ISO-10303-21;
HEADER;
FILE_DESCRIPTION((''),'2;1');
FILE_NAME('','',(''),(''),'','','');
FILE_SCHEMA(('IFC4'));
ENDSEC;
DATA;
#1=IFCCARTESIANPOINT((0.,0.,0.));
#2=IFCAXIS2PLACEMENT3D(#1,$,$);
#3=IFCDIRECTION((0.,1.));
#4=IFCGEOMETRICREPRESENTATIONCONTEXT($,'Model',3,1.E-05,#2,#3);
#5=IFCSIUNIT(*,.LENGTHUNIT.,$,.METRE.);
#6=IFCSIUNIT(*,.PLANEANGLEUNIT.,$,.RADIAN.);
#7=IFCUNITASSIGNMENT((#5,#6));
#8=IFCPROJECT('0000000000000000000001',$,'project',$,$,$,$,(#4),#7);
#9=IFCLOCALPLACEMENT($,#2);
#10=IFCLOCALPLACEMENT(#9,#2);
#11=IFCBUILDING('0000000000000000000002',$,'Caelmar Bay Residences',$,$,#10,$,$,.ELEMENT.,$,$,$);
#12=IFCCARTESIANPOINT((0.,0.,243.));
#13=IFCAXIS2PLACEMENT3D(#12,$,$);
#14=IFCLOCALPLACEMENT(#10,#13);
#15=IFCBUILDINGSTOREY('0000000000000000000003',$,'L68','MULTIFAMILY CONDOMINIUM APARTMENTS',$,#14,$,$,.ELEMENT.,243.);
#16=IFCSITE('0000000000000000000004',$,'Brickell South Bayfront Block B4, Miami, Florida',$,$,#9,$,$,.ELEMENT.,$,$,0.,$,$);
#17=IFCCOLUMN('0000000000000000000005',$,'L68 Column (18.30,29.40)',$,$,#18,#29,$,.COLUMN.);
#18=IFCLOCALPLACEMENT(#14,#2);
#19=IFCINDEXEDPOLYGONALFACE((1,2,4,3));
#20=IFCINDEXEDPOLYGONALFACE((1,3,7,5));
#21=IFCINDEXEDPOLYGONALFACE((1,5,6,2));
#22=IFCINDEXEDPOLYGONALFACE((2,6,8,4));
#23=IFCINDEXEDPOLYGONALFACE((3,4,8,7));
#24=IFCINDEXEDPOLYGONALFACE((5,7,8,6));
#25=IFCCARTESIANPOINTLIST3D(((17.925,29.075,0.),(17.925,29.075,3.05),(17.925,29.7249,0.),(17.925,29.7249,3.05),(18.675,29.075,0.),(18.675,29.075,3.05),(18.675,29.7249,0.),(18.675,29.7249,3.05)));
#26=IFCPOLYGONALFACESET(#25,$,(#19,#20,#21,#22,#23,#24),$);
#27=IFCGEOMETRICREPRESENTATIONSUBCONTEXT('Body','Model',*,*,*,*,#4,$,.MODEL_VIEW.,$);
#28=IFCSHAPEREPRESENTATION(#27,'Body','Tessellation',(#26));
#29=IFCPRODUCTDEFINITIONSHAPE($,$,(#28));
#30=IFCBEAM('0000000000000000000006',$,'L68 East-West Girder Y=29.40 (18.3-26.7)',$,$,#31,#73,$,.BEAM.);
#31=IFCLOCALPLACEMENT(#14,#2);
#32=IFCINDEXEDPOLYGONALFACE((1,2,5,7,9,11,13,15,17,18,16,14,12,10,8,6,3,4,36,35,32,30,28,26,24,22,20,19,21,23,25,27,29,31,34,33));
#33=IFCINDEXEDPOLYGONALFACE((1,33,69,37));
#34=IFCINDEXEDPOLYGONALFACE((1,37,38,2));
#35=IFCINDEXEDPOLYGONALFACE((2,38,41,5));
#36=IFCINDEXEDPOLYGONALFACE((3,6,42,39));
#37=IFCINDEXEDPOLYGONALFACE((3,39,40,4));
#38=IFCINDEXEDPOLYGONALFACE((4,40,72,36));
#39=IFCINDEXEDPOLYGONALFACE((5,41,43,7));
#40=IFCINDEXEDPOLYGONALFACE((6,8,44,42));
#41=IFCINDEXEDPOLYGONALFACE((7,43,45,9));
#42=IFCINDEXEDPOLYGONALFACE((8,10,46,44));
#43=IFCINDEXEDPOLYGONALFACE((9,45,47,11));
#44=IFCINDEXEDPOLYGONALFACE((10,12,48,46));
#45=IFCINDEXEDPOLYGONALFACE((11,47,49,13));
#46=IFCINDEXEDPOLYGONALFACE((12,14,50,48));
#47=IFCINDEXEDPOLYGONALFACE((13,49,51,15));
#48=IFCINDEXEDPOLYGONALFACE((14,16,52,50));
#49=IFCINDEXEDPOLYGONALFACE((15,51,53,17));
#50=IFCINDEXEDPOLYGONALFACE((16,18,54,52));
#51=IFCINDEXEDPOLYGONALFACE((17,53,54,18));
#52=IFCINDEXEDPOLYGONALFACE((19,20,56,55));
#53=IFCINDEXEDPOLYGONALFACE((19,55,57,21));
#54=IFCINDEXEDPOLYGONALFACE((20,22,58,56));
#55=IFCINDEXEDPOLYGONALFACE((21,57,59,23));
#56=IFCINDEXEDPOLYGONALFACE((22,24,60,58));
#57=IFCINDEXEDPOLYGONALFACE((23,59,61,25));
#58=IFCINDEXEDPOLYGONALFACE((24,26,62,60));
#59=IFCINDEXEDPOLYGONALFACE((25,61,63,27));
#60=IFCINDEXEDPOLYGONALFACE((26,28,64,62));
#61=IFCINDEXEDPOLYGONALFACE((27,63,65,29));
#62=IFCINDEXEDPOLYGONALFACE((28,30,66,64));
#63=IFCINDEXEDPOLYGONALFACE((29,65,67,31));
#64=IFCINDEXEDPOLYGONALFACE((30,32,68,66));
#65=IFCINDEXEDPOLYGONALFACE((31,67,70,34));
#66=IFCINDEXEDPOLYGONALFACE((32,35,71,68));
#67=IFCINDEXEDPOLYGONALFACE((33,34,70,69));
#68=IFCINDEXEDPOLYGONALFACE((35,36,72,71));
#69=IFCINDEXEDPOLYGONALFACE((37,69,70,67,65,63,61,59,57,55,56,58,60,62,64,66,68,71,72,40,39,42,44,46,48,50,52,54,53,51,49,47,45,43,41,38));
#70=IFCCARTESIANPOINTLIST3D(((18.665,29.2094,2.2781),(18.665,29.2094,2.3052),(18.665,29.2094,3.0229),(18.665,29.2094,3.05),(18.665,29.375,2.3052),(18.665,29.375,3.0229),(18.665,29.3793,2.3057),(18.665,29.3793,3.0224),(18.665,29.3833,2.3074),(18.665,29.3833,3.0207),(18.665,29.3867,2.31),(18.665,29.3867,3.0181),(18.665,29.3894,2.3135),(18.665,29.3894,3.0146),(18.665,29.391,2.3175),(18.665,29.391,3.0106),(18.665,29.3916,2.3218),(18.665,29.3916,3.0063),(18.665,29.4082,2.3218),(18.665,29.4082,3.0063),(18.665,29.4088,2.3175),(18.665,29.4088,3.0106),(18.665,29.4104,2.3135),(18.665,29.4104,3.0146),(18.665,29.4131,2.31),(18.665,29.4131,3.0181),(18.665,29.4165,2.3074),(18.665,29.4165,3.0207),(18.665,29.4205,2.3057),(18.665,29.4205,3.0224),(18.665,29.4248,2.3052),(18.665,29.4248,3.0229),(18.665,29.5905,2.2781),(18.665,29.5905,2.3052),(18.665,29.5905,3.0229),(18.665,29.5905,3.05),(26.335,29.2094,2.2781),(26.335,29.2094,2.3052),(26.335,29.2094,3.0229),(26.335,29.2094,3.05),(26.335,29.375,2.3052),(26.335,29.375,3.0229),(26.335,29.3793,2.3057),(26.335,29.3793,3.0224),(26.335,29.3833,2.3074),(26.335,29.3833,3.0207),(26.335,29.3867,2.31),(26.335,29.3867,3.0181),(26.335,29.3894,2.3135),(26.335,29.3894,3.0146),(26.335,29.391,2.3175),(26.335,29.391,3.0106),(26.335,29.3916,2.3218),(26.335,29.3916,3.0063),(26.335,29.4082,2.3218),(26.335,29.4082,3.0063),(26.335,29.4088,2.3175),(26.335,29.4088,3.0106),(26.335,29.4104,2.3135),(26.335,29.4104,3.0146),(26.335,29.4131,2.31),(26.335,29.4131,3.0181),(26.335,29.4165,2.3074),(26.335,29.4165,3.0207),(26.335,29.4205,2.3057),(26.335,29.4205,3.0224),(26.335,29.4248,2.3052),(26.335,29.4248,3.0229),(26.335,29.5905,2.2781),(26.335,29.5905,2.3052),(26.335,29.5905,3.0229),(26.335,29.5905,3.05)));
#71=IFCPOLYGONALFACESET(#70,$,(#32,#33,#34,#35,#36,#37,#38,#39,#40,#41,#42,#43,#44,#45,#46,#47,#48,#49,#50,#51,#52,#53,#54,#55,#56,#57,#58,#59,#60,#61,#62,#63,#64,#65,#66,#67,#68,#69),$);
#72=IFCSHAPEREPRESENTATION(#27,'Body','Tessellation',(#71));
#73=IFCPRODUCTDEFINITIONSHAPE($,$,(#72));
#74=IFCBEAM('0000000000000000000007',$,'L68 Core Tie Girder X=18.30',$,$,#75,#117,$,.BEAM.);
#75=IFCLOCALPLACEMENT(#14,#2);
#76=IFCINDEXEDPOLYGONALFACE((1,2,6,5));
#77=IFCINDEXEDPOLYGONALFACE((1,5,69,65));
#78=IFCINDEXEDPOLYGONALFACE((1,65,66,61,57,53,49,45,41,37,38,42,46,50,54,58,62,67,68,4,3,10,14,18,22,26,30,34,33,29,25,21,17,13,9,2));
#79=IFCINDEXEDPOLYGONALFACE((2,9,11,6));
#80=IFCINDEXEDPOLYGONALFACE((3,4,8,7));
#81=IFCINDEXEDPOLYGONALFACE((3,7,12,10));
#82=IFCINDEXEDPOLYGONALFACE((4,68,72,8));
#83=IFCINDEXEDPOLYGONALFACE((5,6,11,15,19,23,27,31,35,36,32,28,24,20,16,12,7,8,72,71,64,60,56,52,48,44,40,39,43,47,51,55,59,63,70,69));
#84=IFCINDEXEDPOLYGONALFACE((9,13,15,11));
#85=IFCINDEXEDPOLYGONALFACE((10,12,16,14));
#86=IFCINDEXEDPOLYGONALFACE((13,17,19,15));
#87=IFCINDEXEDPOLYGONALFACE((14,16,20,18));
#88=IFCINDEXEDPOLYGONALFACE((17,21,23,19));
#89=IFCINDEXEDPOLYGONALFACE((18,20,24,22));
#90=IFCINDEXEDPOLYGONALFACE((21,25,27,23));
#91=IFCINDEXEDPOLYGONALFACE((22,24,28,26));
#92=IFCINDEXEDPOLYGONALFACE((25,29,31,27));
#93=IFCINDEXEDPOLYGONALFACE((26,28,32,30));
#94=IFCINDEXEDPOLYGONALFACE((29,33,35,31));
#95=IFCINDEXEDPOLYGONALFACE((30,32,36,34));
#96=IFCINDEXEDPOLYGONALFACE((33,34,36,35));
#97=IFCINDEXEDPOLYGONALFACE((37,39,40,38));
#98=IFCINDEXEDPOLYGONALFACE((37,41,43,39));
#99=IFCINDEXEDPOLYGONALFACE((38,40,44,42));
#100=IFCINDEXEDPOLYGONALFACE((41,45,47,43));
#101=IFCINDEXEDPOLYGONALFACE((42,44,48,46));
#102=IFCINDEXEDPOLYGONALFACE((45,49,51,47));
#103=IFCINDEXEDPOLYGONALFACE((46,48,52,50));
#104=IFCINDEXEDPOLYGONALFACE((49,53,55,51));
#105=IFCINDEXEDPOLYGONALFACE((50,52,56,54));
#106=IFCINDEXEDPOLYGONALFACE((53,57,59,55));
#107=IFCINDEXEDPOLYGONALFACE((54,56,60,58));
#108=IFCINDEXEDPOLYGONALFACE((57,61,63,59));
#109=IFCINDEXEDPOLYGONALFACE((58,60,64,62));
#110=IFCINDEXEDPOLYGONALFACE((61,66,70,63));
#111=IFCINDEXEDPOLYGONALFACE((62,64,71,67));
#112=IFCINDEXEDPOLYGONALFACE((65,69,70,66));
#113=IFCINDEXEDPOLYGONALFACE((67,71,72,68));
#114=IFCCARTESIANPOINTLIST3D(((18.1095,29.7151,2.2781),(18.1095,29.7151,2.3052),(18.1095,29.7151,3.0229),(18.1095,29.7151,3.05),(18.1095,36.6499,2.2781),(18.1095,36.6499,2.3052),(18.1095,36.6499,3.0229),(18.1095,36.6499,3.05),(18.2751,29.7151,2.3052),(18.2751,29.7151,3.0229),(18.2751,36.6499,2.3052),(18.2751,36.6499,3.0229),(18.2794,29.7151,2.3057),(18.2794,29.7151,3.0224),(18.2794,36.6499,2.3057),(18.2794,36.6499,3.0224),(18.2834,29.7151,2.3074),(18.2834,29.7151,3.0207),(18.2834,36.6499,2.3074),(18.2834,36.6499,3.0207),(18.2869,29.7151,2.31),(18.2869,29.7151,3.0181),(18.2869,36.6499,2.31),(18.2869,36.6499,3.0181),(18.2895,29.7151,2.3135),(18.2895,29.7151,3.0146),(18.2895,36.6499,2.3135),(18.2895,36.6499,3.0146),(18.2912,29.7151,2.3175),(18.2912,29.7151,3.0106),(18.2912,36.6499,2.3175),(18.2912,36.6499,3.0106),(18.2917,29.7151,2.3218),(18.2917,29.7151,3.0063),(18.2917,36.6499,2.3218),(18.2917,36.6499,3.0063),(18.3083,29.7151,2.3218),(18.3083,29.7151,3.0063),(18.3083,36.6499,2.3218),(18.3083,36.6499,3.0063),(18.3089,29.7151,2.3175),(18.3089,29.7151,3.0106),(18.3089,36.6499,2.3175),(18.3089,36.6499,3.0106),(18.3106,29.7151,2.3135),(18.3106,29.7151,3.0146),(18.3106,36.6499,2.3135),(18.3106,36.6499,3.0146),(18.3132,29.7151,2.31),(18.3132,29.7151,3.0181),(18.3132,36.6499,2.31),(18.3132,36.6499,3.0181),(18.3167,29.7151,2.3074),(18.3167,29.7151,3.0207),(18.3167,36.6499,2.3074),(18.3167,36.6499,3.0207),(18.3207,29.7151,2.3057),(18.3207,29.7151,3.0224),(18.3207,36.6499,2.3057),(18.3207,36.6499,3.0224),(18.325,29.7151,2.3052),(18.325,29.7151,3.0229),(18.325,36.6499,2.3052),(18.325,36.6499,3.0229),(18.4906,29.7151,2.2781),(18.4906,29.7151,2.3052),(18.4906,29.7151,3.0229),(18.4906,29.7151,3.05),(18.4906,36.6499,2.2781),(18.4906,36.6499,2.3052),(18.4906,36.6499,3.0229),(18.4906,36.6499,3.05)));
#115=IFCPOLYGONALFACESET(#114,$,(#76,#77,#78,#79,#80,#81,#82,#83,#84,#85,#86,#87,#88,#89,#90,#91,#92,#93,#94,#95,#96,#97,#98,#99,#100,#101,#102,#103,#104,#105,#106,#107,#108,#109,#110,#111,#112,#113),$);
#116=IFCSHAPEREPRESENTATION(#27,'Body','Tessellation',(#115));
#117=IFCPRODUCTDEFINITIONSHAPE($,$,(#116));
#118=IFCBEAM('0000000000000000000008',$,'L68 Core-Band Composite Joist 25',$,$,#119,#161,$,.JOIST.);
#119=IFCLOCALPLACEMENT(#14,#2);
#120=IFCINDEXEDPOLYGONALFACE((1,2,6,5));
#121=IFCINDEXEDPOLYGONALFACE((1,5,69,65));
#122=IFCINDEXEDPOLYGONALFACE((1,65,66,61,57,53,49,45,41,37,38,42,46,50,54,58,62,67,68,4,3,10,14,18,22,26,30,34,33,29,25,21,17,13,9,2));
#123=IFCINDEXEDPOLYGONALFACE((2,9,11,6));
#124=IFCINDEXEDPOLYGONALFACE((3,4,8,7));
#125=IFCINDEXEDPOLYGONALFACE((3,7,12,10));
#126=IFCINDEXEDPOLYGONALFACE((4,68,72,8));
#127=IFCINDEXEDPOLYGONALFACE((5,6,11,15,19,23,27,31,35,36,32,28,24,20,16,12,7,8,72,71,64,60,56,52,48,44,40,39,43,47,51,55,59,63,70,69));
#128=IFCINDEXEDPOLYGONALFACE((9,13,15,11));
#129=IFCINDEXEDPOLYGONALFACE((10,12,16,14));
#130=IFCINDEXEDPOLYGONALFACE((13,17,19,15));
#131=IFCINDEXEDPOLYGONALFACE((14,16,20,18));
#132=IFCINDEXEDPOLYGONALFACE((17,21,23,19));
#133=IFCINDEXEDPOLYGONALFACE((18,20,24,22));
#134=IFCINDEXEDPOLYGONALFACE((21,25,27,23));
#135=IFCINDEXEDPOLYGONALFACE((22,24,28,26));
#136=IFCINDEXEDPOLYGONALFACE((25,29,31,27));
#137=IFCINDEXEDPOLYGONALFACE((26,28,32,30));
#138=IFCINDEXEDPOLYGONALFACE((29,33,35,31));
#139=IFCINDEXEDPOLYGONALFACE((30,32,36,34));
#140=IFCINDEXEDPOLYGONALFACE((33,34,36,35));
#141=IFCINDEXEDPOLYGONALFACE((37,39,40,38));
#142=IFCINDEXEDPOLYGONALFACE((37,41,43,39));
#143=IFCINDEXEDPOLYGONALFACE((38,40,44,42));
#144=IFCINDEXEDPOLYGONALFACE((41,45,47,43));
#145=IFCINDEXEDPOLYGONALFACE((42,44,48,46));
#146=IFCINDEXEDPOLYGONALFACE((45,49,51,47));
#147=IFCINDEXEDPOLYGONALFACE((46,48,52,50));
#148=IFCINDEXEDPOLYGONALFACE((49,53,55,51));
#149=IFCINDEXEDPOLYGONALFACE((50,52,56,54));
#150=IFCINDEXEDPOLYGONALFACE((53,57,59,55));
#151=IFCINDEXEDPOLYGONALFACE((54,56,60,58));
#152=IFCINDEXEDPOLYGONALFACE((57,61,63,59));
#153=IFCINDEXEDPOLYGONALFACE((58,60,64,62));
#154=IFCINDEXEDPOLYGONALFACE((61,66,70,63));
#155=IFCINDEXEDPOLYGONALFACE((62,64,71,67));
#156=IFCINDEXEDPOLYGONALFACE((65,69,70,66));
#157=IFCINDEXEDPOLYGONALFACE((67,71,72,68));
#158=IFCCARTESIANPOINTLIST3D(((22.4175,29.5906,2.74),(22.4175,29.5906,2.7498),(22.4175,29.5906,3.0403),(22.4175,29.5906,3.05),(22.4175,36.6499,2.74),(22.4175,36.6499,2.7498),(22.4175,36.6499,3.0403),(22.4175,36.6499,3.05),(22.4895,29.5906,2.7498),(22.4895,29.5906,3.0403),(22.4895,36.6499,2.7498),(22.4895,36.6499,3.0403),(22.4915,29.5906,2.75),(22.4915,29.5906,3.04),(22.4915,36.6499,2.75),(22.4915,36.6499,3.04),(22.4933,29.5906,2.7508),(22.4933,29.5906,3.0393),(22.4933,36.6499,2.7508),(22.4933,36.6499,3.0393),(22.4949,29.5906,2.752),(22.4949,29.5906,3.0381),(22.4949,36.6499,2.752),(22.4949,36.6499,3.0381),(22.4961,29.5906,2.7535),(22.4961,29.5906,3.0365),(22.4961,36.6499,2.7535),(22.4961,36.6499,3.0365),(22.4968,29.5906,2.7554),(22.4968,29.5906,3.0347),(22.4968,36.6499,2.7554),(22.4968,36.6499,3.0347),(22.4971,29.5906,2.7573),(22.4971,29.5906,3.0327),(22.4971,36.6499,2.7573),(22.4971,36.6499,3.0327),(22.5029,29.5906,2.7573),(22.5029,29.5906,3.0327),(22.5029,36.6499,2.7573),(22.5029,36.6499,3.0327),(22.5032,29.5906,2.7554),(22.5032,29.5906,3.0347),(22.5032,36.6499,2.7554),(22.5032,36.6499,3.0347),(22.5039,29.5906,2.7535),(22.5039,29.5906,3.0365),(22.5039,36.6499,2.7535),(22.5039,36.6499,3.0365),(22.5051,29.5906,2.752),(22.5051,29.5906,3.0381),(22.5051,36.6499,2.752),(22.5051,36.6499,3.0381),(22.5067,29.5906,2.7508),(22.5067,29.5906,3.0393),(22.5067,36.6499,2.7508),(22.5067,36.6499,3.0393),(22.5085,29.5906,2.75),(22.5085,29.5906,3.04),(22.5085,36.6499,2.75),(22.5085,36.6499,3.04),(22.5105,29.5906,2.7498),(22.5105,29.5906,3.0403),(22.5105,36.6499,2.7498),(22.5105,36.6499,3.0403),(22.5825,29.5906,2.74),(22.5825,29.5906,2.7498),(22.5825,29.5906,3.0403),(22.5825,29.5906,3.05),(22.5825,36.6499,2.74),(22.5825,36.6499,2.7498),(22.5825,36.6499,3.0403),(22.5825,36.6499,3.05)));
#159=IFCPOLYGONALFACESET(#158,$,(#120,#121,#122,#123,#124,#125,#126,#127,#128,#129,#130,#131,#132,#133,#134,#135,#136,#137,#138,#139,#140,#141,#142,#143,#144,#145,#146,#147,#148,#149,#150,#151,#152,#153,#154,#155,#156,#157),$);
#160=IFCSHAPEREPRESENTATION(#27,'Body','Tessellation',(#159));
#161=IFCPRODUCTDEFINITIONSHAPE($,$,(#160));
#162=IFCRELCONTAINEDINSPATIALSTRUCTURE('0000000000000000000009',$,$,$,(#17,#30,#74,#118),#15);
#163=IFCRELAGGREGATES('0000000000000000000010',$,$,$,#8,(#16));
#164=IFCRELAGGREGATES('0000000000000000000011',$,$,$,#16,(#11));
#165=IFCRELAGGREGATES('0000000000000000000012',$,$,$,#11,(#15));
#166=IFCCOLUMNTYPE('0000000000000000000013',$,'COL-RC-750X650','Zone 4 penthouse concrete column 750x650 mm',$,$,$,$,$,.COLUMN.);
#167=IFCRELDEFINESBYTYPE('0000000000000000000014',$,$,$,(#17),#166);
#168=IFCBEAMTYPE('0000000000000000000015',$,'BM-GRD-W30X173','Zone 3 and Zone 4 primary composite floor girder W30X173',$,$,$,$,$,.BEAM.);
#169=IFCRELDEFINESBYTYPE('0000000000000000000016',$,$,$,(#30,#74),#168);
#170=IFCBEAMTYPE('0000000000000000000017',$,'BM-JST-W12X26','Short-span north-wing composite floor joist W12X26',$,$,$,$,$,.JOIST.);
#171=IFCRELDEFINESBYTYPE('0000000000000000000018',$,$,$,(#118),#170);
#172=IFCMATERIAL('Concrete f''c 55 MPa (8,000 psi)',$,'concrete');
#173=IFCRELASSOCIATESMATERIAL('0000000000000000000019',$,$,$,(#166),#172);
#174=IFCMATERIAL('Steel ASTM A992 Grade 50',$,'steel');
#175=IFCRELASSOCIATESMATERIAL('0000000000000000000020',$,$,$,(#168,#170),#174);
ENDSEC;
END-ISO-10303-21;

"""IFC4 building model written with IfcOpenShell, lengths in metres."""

from ifc_helpers import new_model, si_unit, direction, frame, origin, origin_2d, place, context, subcontext, project, spatial, rectangle, i_section, extrude, material, material_profile, profile_set, type_object, element, save


model = new_model("IFC4")

# Units and contexts
model_context = context("Model", 3, precision=1e-05, world=origin(), true_north=direction((0.0, 1.0)))
body_context = subcontext(model_context, "Body", "Model", "MODEL_VIEW")
ifc_project = project(units=[si_unit("LENGTHUNIT", "METRE"), si_unit("PLANEANGLEUNIT", "RADIAN")], contexts=[model_context])

# Site, building, storey
site_placement = place(None, origin())
site = spatial("IfcSite", under=ifc_project, at=site_placement, Name="Brickell South Bayfront Block B4, Miami, Florida", CompositionType="ELEMENT", RefElevation=0.0)
building_placement = place(site_placement, origin())
building = spatial("IfcBuilding", under=site, at=building_placement, Name="Caelmar Bay Residences", CompositionType="ELEMENT")
storey_placement = place(building_placement, frame((0.0, 0.0, 243.0)))
storey = spatial("IfcBuildingStorey", under=building, at=storey_placement, Name="L68", Description="MULTIFAMILY CONDOMINIUM APARTMENTS", CompositionType="ELEMENT", Elevation=243.0)

# Column
ifc_material_1 = material(Name="Concrete f'c 55 MPa (8,000 psi)", Category="concrete")
ifc_material_profile_1 = material_profile(ifc_material_1, rectangle(XDim=0.75, YDim=0.6499, at=origin_2d()), Name="RC-COL-750X650")
ifc_profile_set_1 = profile_set([ifc_material_profile_1], Name="Concrete f'c 55 MPa (8,000 psi)")
column_type = type_object("IfcColumnType", Name="COL-RC-750X650", Description="Zone 4 penthouse concrete column 750x650 mm", PredefinedType="COLUMN", material=ifc_profile_set_1)
column_placement = place(storey_placement, frame((18.3, 29.3999, 0.0), z_axis=(0.0, 0.0, 1.0), x_axis=(1.0, 0.0, 0.0)))
element("IfcColumn", 1, at=column_placement, inside=storey, type_object=column_type, Name="L68 Column (18.30,29.40)", PredefinedType="COLUMN", context=body_context, shape_type="SweptSolid", body=[
    extrude(rectangle(XDim=0.75, YDim=0.6499, at=origin_2d()), origin(), (0.0, 0.0, 1.0), 3.05),
])

# Beams
ifc_material_2 = material(Name="Steel ASTM A992 Grade 50", Category="steel")
ifc_material_profile_2 = material_profile(ifc_material_2, i_section(OverallWidth=0.3811, OverallDepth=0.772, WebThickness=0.0166, FlangeThickness=0.0271, FilletRadius=0.0166, at=origin_2d()), Name="W30X173")
ifc_profile_set_2 = profile_set([ifc_material_profile_2], Name="Steel ASTM A992 Grade 50")
beam_type_1 = type_object("IfcBeamType", Name="BM-GRD-W30X173", Description="Zone 3 and Zone 4 primary composite floor girder W30X173", PredefinedType="BEAM", material=ifc_profile_set_2)
beam_1_placement = place(storey_placement, frame((18.665, 29.3999, 2.6641), z_axis=(1.0, 0.0, 0.0), x_axis=(0.0, 1.0, 0.0)))
element("IfcBeam", 2, at=beam_1_placement, inside=storey, type_object=beam_type_1, Name="L68 East-West Girder Y=29.40 (18.3-26.7)", PredefinedType="BEAM", context=body_context, shape_type="SweptSolid", body=[
    extrude(i_section(OverallWidth=0.3811, OverallDepth=0.772, WebThickness=0.0166, FlangeThickness=0.0271, FilletRadius=0.0166, at=origin_2d()), origin(), (0.0, 0.0, 1.0), 7.6699),
])
beam_2_placement = place(storey_placement, frame((18.3, 29.7151, 2.6641), z_axis=(0.0, 1.0, 0.0), x_axis=(-1.0, 0.0, 0.0)))
element("IfcBeam", 3, at=beam_2_placement, inside=storey, type_object=beam_type_1, Name="L68 Core Tie Girder X=18.30", PredefinedType="BEAM", context=body_context, shape_type="SweptSolid", body=[
    extrude(i_section(OverallWidth=0.3811, OverallDepth=0.772, WebThickness=0.0166, FlangeThickness=0.0271, FilletRadius=0.0166, at=origin_2d()), origin(), (0.0, 0.0, 1.0), 6.9348),
])
ifc_material_profile_3 = material_profile(ifc_material_2, i_section(OverallWidth=0.165, OverallDepth=0.3101, WebThickness=0.0059, FlangeThickness=0.0098, FilletRadius=0.0076, at=origin_2d()), Name="W12X26")
ifc_profile_set_3 = profile_set([ifc_material_profile_3], Name="Steel ASTM A992 Grade 50")
beam_type_2 = type_object("IfcBeamType", Name="BM-JST-W12X26", Description="Short-span north-wing composite floor joist W12X26", PredefinedType="JOIST", material=ifc_profile_set_3)
beam_3_placement = place(storey_placement, frame((22.5, 29.5906, 2.895), z_axis=(0.0, 1.0, 0.0), x_axis=(-1.0, 0.0, 0.0)))
element("IfcBeam", 4, at=beam_3_placement, inside=storey, type_object=beam_type_2, Name="L68 Core-Band Composite Joist 25", PredefinedType="JOIST", context=body_context, shape_type="SweptSolid", body=[
    extrude(i_section(OverallWidth=0.165, OverallDepth=0.3101, WebThickness=0.0059, FlangeThickness=0.0098, FilletRadius=0.0076, at=origin_2d()), origin(), (0.0, 0.0, 1.0), 7.0593),
])

save(model, "model.ifc")
